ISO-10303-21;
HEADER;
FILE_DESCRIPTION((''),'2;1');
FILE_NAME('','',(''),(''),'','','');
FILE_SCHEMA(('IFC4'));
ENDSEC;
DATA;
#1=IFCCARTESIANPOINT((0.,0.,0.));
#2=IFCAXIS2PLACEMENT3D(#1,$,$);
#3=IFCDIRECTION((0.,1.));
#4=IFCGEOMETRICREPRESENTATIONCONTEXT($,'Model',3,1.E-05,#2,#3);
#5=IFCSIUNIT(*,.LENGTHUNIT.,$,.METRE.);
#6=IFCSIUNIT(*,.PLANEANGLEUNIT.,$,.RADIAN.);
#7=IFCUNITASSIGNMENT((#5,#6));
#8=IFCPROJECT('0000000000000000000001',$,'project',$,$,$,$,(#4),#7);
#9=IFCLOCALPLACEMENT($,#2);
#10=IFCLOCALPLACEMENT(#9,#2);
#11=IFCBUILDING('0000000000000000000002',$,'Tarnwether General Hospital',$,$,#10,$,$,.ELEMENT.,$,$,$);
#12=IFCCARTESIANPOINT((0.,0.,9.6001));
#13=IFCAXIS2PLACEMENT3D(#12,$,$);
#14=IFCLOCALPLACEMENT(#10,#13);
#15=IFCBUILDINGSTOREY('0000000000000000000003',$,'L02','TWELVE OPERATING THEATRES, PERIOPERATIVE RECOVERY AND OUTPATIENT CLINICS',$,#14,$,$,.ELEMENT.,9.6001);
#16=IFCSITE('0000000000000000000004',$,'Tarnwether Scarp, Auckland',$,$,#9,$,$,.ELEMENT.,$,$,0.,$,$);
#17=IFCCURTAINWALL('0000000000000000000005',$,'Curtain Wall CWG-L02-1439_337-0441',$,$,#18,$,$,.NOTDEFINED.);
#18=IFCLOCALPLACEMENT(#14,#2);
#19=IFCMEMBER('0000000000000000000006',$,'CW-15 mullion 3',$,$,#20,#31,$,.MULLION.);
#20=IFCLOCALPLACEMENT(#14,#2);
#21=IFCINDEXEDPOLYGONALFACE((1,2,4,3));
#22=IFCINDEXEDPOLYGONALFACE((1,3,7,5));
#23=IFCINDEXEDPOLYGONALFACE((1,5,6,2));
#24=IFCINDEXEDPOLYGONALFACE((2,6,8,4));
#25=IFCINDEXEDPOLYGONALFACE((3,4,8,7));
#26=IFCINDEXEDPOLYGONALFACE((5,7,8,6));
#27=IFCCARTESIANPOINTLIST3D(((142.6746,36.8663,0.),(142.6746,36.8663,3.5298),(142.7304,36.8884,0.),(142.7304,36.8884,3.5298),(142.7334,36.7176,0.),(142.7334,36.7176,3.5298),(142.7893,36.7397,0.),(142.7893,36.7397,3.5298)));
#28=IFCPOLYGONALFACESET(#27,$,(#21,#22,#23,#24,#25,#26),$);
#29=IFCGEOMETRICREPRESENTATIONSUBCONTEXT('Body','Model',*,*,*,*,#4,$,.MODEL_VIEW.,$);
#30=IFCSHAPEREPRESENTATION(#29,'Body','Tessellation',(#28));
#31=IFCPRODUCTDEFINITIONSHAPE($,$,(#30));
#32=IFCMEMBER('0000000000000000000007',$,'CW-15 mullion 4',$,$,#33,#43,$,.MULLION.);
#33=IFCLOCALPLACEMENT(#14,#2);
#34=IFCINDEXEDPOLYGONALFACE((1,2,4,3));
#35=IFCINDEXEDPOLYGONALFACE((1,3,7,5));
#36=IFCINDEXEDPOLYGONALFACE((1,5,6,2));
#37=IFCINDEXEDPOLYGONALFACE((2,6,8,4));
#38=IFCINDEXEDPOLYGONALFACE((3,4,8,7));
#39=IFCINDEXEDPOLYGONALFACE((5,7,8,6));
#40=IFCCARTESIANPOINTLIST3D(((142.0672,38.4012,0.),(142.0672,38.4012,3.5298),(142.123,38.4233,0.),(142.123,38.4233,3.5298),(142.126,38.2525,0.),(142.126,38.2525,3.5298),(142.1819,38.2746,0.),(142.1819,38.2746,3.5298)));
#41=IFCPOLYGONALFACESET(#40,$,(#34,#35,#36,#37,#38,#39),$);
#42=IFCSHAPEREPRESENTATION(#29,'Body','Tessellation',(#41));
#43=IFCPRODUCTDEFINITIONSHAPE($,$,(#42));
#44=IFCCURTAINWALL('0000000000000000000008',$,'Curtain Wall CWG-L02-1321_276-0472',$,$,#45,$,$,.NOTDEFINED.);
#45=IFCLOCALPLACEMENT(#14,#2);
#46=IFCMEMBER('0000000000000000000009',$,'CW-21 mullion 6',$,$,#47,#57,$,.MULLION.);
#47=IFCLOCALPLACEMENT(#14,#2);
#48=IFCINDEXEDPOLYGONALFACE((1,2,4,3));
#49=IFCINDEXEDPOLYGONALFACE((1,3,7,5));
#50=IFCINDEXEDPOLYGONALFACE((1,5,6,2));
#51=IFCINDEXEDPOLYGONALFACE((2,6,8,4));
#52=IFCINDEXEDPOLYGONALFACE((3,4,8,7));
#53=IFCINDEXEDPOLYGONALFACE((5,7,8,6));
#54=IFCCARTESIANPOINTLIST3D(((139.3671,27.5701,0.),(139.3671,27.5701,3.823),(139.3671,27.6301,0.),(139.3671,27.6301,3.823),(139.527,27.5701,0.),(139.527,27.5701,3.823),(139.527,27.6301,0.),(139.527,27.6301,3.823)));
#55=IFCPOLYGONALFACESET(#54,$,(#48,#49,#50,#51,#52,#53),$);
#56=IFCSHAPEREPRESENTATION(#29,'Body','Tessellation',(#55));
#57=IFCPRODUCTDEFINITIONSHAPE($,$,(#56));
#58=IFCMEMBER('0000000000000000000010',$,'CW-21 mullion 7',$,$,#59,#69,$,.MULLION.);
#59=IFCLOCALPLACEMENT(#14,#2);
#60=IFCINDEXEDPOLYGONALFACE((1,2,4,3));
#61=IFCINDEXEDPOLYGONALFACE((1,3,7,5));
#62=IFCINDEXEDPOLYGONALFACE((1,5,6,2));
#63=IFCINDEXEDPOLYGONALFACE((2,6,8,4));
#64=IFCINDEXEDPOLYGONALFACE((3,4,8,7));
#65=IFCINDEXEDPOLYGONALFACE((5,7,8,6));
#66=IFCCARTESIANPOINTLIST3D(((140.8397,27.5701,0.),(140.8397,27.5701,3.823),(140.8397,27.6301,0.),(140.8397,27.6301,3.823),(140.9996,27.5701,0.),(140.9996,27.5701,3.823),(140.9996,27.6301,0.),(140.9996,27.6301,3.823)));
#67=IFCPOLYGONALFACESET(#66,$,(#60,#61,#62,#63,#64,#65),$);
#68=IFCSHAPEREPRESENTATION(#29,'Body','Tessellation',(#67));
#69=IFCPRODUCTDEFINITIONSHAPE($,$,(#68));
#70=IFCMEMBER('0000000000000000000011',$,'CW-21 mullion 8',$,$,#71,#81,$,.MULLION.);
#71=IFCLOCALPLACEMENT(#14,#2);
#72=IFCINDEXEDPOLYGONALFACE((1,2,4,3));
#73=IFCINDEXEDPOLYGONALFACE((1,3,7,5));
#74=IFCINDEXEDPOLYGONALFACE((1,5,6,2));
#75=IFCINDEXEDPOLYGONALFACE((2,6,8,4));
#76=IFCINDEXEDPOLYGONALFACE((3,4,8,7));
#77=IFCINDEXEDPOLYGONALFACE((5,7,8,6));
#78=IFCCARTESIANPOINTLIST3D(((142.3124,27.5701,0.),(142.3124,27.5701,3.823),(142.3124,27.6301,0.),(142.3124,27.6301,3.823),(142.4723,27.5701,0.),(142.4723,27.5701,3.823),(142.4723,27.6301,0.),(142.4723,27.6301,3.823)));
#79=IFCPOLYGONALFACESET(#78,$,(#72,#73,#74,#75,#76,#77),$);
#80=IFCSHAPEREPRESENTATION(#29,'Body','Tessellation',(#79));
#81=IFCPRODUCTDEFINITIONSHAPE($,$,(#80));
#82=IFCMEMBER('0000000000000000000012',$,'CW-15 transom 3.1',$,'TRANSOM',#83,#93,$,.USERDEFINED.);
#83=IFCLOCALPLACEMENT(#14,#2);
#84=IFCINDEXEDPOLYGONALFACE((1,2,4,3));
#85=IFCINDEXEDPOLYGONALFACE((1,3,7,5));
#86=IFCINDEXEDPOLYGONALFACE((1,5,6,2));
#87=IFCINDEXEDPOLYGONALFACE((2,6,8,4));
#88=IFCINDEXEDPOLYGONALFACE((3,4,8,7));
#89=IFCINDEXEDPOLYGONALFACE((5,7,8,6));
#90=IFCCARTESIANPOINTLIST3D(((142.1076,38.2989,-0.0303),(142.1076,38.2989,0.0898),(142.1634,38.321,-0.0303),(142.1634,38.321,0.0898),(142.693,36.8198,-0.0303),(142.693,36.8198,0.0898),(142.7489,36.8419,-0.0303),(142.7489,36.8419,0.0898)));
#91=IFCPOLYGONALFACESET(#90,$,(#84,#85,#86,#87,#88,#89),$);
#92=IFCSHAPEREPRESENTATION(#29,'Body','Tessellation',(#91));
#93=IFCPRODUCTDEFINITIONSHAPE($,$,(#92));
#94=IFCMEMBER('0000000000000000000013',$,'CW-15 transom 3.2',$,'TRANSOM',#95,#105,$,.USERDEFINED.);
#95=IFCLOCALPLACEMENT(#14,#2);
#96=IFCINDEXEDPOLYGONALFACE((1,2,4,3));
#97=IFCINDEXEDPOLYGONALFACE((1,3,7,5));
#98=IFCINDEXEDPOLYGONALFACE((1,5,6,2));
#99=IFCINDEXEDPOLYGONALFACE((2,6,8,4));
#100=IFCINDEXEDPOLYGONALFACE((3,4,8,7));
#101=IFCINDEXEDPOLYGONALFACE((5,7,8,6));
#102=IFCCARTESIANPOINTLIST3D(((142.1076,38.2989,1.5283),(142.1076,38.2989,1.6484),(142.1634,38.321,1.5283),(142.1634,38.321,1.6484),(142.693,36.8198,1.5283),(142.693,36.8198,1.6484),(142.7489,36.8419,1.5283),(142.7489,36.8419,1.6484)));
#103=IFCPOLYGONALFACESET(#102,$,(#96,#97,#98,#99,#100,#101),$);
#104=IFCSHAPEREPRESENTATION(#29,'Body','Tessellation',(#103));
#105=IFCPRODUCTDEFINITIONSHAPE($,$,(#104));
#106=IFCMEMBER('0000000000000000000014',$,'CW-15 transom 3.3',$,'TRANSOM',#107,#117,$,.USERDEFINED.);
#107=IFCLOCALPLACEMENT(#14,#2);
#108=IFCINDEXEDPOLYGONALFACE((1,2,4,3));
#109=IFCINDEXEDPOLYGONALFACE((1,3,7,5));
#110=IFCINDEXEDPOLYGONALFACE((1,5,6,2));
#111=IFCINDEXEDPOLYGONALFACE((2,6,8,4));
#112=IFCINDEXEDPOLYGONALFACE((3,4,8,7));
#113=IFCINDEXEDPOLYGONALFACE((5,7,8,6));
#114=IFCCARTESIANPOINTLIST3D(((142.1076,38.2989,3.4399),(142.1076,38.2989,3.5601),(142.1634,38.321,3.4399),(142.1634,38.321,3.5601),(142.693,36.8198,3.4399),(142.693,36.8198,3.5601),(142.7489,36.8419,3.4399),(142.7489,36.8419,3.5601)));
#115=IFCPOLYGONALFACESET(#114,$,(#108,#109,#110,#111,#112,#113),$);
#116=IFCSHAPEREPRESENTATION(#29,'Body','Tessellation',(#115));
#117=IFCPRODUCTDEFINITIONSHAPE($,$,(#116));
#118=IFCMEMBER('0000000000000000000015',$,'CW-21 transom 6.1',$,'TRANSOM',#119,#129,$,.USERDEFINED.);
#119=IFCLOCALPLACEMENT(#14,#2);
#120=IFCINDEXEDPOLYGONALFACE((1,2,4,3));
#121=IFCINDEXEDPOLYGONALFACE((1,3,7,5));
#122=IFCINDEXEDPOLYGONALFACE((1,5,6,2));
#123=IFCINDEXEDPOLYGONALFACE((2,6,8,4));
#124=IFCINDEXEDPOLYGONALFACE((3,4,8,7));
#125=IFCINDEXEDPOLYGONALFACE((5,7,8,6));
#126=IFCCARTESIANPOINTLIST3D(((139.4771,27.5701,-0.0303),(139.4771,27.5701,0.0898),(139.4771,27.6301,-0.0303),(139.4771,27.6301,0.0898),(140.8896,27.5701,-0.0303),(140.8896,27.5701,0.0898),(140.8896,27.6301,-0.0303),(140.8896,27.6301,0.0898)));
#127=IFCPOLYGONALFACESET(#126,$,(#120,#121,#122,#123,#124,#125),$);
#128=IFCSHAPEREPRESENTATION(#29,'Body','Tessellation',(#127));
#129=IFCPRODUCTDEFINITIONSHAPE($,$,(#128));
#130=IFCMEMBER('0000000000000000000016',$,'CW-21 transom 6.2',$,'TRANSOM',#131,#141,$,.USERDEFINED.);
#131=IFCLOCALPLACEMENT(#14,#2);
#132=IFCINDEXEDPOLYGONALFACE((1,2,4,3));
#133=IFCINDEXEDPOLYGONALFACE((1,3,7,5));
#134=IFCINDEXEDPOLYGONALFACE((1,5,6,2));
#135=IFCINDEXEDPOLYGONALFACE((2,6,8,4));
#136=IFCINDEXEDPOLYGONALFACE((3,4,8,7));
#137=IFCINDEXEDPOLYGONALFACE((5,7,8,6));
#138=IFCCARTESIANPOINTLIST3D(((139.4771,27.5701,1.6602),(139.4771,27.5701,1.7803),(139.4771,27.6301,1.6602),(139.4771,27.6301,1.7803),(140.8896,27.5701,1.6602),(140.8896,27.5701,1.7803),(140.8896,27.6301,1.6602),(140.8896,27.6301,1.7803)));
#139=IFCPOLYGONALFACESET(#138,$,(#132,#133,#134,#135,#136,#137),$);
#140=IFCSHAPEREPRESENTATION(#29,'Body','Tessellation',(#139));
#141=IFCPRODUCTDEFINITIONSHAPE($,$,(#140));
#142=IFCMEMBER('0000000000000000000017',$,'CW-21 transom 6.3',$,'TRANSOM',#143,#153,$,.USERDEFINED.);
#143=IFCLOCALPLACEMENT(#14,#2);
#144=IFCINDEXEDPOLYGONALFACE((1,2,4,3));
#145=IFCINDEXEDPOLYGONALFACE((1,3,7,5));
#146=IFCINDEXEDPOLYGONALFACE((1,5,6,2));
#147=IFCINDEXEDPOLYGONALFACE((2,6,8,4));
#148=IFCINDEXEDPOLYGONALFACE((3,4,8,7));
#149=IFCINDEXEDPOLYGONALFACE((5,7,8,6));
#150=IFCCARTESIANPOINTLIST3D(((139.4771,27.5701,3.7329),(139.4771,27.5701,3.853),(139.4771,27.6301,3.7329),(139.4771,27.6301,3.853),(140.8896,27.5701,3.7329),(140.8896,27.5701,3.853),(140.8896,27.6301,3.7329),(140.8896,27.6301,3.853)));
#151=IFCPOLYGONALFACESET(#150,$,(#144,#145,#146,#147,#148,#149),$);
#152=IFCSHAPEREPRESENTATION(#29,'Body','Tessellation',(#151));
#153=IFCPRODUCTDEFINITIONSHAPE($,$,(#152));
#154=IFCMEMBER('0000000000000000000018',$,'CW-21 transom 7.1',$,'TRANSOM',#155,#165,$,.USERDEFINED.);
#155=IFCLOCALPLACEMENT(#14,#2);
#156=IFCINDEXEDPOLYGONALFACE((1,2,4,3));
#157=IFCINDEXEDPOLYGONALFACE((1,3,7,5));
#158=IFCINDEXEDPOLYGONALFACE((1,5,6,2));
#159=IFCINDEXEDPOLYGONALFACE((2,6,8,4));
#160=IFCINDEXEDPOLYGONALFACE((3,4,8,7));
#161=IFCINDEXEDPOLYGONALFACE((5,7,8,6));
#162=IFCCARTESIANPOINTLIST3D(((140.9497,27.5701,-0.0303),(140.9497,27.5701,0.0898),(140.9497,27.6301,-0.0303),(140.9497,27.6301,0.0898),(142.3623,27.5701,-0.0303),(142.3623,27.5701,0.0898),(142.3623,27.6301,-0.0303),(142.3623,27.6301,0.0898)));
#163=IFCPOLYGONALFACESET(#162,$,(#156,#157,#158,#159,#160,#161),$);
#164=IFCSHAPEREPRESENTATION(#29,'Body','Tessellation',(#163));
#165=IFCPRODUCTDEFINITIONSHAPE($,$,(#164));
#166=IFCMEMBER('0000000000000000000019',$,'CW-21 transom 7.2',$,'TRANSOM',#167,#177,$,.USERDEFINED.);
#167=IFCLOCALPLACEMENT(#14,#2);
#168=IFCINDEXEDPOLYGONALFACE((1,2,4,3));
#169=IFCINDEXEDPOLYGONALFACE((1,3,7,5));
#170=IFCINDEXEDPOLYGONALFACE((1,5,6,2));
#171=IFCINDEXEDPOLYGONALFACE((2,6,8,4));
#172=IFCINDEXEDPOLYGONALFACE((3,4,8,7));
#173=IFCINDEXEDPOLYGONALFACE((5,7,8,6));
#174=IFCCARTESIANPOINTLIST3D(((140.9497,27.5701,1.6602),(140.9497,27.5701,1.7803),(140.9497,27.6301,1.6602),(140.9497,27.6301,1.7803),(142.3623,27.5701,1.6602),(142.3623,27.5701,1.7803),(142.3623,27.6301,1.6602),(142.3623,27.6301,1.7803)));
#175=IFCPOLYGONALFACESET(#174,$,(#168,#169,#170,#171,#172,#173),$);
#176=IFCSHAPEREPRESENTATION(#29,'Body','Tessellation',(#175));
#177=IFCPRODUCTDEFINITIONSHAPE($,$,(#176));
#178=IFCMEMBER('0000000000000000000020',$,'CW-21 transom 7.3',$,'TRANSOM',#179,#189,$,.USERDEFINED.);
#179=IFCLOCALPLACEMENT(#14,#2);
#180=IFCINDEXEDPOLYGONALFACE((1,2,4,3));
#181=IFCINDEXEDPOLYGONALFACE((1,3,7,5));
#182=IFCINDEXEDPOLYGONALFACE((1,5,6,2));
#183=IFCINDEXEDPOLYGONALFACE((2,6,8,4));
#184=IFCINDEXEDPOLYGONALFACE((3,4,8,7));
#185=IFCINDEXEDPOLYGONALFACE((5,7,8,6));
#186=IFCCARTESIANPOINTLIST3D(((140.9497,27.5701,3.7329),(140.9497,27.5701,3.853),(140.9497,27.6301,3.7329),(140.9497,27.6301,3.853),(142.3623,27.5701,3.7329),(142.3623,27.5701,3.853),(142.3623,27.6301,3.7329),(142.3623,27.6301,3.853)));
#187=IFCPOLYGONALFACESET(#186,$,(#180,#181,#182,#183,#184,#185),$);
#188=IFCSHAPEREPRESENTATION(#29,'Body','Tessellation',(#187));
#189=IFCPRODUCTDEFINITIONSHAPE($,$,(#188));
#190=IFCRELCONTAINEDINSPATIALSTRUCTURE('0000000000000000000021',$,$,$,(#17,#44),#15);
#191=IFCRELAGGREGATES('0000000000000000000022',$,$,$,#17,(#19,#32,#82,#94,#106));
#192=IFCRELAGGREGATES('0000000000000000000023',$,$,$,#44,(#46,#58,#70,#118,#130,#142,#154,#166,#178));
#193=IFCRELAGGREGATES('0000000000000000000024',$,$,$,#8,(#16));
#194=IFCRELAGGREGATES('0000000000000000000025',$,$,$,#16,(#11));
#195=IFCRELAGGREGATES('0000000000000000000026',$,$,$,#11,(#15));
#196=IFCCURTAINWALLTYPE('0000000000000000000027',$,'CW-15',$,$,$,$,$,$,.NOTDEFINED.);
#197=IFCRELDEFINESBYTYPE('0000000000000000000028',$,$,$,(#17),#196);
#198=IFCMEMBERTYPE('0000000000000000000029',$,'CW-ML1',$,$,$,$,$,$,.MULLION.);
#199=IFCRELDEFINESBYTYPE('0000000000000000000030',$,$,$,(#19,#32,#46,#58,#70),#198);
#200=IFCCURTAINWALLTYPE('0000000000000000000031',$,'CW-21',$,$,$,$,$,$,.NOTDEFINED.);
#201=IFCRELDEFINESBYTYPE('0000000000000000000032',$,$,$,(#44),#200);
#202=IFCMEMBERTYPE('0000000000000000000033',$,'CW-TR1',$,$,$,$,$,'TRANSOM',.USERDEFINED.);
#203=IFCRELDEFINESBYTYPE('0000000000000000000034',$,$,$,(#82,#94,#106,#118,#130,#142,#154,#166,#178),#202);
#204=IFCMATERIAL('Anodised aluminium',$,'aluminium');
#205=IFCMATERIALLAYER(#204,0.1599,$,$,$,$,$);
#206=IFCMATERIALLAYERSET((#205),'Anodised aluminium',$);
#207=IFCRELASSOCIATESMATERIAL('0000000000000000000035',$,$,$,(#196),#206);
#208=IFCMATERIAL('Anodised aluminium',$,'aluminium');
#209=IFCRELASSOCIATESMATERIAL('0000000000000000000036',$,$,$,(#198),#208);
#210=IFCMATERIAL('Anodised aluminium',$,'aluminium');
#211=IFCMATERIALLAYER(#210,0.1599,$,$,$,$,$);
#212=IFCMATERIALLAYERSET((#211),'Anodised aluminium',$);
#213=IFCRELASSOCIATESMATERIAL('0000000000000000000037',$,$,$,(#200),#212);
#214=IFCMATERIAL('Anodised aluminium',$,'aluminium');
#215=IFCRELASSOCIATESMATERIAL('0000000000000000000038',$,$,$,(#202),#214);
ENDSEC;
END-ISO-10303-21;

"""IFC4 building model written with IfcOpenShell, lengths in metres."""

from ifc_helpers import new_model, si_unit, direction, frame, origin, origin_2d, place, context, subcontext, project, spatial, rectangle, extrude, material, layer, layer_set, material_profile, profile_set, type_object, element, aggregate, save


model = new_model("IFC4")

# Units and contexts
model_context = context("Model", 3, precision=1e-05, world=origin(), true_north=direction((0.0, 1.0)))
body_context = subcontext(model_context, "Body", "Model", "MODEL_VIEW")
ifc_project = project(units=[si_unit("LENGTHUNIT", "METRE"), si_unit("PLANEANGLEUNIT", "RADIAN")], contexts=[model_context])

# Site, building, storey
site_placement = place(None, origin())
site = spatial("IfcSite", under=ifc_project, at=site_placement, Name="Tarnwether Scarp, Auckland", CompositionType="ELEMENT", RefElevation=0.0)
building_placement = place(site_placement, origin())
building = spatial("IfcBuilding", under=site, at=building_placement, Name="Tarnwether General Hospital", CompositionType="ELEMENT")
storey_placement = place(building_placement, frame((0.0, 0.0, 9.6001)))
storey = spatial("IfcBuildingStorey", under=building, at=storey_placement, Name="L02", Description="TWELVE OPERATING THEATRES, PERIOPERATIVE RECOVERY AND OUTPATIENT CLINICS", CompositionType="ELEMENT", Elevation=9.6001)

# Curtain walls, members
ifc_material_1 = material(Name="Anodised aluminium", Category="aluminium")
ifc_layer_1 = layer(ifc_material_1, 0.1599)
ifc_layer_set_1 = layer_set([ifc_layer_1], Name="Anodised aluminium")
curtain_wall_type_1 = type_object("IfcCurtainWallType", Name="CW-15", PredefinedType="NOTDEFINED", material=ifc_layer_set_1)
curtain_wall_1_placement = place(storey_placement, origin())
curtain_wall_1 = element("IfcCurtainWall", 1, at=curtain_wall_1_placement, inside=storey, type_object=curtain_wall_type_1, Name="Curtain Wall CWG-L02-1439_337-0441", PredefinedType="NOTDEFINED")
ifc_material_2 = material(Name="Anodised aluminium", Category="aluminium")
ifc_material_profile_1 = material_profile(ifc_material_2, rectangle(XDim=0.0601, YDim=0.1599, at=origin_2d()), Name="ALU-MUL-60x160")
ifc_profile_set_1 = profile_set([ifc_material_profile_1], Name="Anodised aluminium")
member_type_1 = type_object("IfcMemberType", Name="CW-ML1", PredefinedType="MULLION", material=ifc_profile_set_1)
member_1_placement = place(storey_placement, frame((142.7319, 36.803, 0.0), z_axis=(0.0, 0.0, 1.0), x_axis=(-0.929828, -0.367994, 0.0)))
member_1 = element("IfcMember", 2, at=member_1_placement, type_object=member_type_1, Name="CW-15 mullion 3", PredefinedType="MULLION", context=body_context, shape_type="SweptSolid", body=[
    extrude(rectangle(XDim=0.0601, YDim=0.1599, at=origin_2d()), origin(), (0.0, 0.0, 1.0), 3.5298),
])
member_2_placement = place(storey_placement, frame((142.1245, 38.3379, 0.0), z_axis=(0.0, 0.0, 1.0), x_axis=(-0.929828, -0.367994, 0.0)))
member_2 = element("IfcMember", 3, at=member_2_placement, type_object=member_type_1, Name="CW-15 mullion 4", PredefinedType="MULLION", context=body_context, shape_type="SweptSolid", body=[
    extrude(rectangle(XDim=0.0601, YDim=0.1599, at=origin_2d()), origin(), (0.0, 0.0, 1.0), 3.5298),
])
ifc_material_3 = material(Name="Anodised aluminium", Category="aluminium")
ifc_layer_2 = layer(ifc_material_3, 0.1599)
ifc_layer_set_2 = layer_set([ifc_layer_2], Name="Anodised aluminium")
curtain_wall_type_2 = type_object("IfcCurtainWallType", Name="CW-21", PredefinedType="NOTDEFINED", material=ifc_layer_set_2)
curtain_wall_2_placement = place(storey_placement, origin())
curtain_wall_2 = element("IfcCurtainWall", 4, at=curtain_wall_2_placement, inside=storey, type_object=curtain_wall_type_2, Name="Curtain Wall CWG-L02-1321_276-0472", PredefinedType="NOTDEFINED")
member_3_placement = place(storey_placement, frame((139.447, 27.6001, 0.0), z_axis=(0.0, 0.0, 1.0), x_axis=(0.0, 1.0, 0.0)))
member_3 = element("IfcMember", 5, at=member_3_placement, type_object=member_type_1, Name="CW-21 mullion 6", PredefinedType="MULLION", context=body_context, shape_type="SweptSolid", body=[
    extrude(rectangle(XDim=0.0601, YDim=0.1599, at=origin_2d()), origin(), (0.0, 0.0, 1.0), 3.823),
])
member_4_placement = place(storey_placement, frame((140.9197, 27.6001, 0.0), z_axis=(0.0, 0.0, 1.0), x_axis=(0.0, 1.0, 0.0)))
member_4 = element("IfcMember", 6, at=member_4_placement, type_object=member_type_1, Name="CW-21 mullion 7", PredefinedType="MULLION", context=body_context, shape_type="SweptSolid", body=[
    extrude(rectangle(XDim=0.0601, YDim=0.1599, at=origin_2d()), origin(), (0.0, 0.0, 1.0), 3.823),
])
member_5_placement = place(storey_placement, frame((142.3923, 27.6001, 0.0), z_axis=(0.0, 0.0, 1.0), x_axis=(0.0, 1.0, 0.0)))
member_5 = element("IfcMember", 7, at=member_5_placement, type_object=member_type_1, Name="CW-21 mullion 8", PredefinedType="MULLION", context=body_context, shape_type="SweptSolid", body=[
    extrude(rectangle(XDim=0.0601, YDim=0.1599, at=origin_2d()), origin(), (0.0, 0.0, 1.0), 3.823),
])

# Members
ifc_material_4 = material(Name="Anodised aluminium", Category="aluminium")
ifc_material_profile_2 = material_profile(ifc_material_4, rectangle(XDim=0.0601, YDim=0.1201, at=origin_2d()), Name="ALU-TRN-60x120")
ifc_profile_set_2 = profile_set([ifc_material_profile_2], Name="Anodised aluminium")
member_type_2 = type_object("IfcMemberType", Name="CW-TR1", ElementType="TRANSOM", PredefinedType="USERDEFINED", material=ifc_profile_set_2)
member_6_placement = place(storey_placement, frame((142.7209, 36.8308, 0.0298), z_axis=(-0.368001, 0.929825, 0.0), x_axis=(-0.929825, -0.368001, 0.0)))
member_6 = element("IfcMember", 8, at=member_6_placement, type_object=member_type_2, Name="CW-15 transom 3.1", ObjectType="TRANSOM", PredefinedType="USERDEFINED", context=body_context, shape_type="SweptSolid", body=[
    extrude(rectangle(XDim=0.0601, YDim=0.1201, at=origin_2d()), origin(), (0.0, 0.0, 1.0), 1.5908),
])
member_7_placement = place(storey_placement, frame((142.7209, 36.8308, 1.5884), z_axis=(-0.368001, 0.929825, 0.0), x_axis=(-0.929825, -0.368001, 0.0)))
member_7 = element("IfcMember", 9, at=member_7_placement, type_object=member_type_2, Name="CW-15 transom 3.2", ObjectType="TRANSOM", PredefinedType="USERDEFINED", context=body_context, shape_type="SweptSolid", body=[
    extrude(rectangle(XDim=0.0601, YDim=0.1201, at=origin_2d()), origin(), (0.0, 0.0, 1.0), 1.5908),
])
member_8_placement = place(storey_placement, frame((142.7209, 36.8308, 3.5), z_axis=(-0.368001, 0.929825, 0.0), x_axis=(-0.929825, -0.368001, 0.0)))
member_8 = element("IfcMember", 10, at=member_8_placement, type_object=member_type_2, Name="CW-15 transom 3.3", ObjectType="TRANSOM", PredefinedType="USERDEFINED", context=body_context, shape_type="SweptSolid", body=[
    extrude(rectangle(XDim=0.0601, YDim=0.1201, at=origin_2d()), origin(), (0.0, 0.0, 1.0), 1.5908),
])
member_9_placement = place(storey_placement, frame((139.4771, 27.6001, 0.0298), z_axis=(1.0, 0.0, 0.0), x_axis=(0.0, 1.0, 0.0)))
member_9 = element("IfcMember", 11, at=member_9_placement, type_object=member_type_2, Name="CW-21 transom 6.1", ObjectType="TRANSOM", PredefinedType="USERDEFINED", context=body_context, shape_type="SweptSolid", body=[
    extrude(rectangle(XDim=0.0601, YDim=0.1201, at=origin_2d()), origin(), (0.0, 0.0, 1.0), 1.4126),
])
member_10_placement = place(storey_placement, frame((139.4771, 27.6001, 1.7202), z_axis=(1.0, 0.0, 0.0), x_axis=(0.0, 1.0, 0.0)))
member_10 = element("IfcMember", 12, at=member_10_placement, type_object=member_type_2, Name="CW-21 transom 6.2", ObjectType="TRANSOM", PredefinedType="USERDEFINED", context=body_context, shape_type="SweptSolid", body=[
    extrude(rectangle(XDim=0.0601, YDim=0.1201, at=origin_2d()), origin(), (0.0, 0.0, 1.0), 1.4126),
])
member_11_placement = place(storey_placement, frame((139.4771, 27.6001, 3.793), z_axis=(1.0, 0.0, 0.0), x_axis=(0.0, 1.0, 0.0)))
member_11 = element("IfcMember", 13, at=member_11_placement, type_object=member_type_2, Name="CW-21 transom 6.3", ObjectType="TRANSOM", PredefinedType="USERDEFINED", context=body_context, shape_type="SweptSolid", body=[
    extrude(rectangle(XDim=0.0601, YDim=0.1201, at=origin_2d()), origin(), (0.0, 0.0, 1.0), 1.4126),
])
member_12_placement = place(storey_placement, frame((140.9497, 27.6001, 0.0298), z_axis=(1.0, 0.0, 0.0), x_axis=(0.0, 1.0, 0.0)))
member_12 = element("IfcMember", 14, at=member_12_placement, type_object=member_type_2, Name="CW-21 transom 7.1", ObjectType="TRANSOM", PredefinedType="USERDEFINED", context=body_context, shape_type="SweptSolid", body=[
    extrude(rectangle(XDim=0.0601, YDim=0.1201, at=origin_2d()), origin(), (0.0, 0.0, 1.0), 1.4126),
])
member_13_placement = place(storey_placement, frame((140.9497, 27.6001, 1.7202), z_axis=(1.0, 0.0, 0.0), x_axis=(0.0, 1.0, 0.0)))
member_13 = element("IfcMember", 15, at=member_13_placement, type_object=member_type_2, Name="CW-21 transom 7.2", ObjectType="TRANSOM", PredefinedType="USERDEFINED", context=body_context, shape_type="SweptSolid", body=[
    extrude(rectangle(XDim=0.0601, YDim=0.1201, at=origin_2d()), origin(), (0.0, 0.0, 1.0), 1.4126),
])
member_14_placement = place(storey_placement, frame((140.9497, 27.6001, 3.793), z_axis=(1.0, 0.0, 0.0), x_axis=(0.0, 1.0, 0.0)))
member_14 = element("IfcMember", 16, at=member_14_placement, type_object=member_type_2, Name="CW-21 transom 7.3", ObjectType="TRANSOM", PredefinedType="USERDEFINED", context=body_context, shape_type="SweptSolid", body=[
    extrude(rectangle(XDim=0.0601, YDim=0.1201, at=origin_2d()), origin(), (0.0, 0.0, 1.0), 1.4126),
])

aggregate(curtain_wall_1, [member_1, member_2, member_6, member_7, member_8])
aggregate(curtain_wall_2, [member_3, member_4, member_5, member_9, member_10, member_11, member_12, member_13, member_14])

save(model, "model.ifc")
